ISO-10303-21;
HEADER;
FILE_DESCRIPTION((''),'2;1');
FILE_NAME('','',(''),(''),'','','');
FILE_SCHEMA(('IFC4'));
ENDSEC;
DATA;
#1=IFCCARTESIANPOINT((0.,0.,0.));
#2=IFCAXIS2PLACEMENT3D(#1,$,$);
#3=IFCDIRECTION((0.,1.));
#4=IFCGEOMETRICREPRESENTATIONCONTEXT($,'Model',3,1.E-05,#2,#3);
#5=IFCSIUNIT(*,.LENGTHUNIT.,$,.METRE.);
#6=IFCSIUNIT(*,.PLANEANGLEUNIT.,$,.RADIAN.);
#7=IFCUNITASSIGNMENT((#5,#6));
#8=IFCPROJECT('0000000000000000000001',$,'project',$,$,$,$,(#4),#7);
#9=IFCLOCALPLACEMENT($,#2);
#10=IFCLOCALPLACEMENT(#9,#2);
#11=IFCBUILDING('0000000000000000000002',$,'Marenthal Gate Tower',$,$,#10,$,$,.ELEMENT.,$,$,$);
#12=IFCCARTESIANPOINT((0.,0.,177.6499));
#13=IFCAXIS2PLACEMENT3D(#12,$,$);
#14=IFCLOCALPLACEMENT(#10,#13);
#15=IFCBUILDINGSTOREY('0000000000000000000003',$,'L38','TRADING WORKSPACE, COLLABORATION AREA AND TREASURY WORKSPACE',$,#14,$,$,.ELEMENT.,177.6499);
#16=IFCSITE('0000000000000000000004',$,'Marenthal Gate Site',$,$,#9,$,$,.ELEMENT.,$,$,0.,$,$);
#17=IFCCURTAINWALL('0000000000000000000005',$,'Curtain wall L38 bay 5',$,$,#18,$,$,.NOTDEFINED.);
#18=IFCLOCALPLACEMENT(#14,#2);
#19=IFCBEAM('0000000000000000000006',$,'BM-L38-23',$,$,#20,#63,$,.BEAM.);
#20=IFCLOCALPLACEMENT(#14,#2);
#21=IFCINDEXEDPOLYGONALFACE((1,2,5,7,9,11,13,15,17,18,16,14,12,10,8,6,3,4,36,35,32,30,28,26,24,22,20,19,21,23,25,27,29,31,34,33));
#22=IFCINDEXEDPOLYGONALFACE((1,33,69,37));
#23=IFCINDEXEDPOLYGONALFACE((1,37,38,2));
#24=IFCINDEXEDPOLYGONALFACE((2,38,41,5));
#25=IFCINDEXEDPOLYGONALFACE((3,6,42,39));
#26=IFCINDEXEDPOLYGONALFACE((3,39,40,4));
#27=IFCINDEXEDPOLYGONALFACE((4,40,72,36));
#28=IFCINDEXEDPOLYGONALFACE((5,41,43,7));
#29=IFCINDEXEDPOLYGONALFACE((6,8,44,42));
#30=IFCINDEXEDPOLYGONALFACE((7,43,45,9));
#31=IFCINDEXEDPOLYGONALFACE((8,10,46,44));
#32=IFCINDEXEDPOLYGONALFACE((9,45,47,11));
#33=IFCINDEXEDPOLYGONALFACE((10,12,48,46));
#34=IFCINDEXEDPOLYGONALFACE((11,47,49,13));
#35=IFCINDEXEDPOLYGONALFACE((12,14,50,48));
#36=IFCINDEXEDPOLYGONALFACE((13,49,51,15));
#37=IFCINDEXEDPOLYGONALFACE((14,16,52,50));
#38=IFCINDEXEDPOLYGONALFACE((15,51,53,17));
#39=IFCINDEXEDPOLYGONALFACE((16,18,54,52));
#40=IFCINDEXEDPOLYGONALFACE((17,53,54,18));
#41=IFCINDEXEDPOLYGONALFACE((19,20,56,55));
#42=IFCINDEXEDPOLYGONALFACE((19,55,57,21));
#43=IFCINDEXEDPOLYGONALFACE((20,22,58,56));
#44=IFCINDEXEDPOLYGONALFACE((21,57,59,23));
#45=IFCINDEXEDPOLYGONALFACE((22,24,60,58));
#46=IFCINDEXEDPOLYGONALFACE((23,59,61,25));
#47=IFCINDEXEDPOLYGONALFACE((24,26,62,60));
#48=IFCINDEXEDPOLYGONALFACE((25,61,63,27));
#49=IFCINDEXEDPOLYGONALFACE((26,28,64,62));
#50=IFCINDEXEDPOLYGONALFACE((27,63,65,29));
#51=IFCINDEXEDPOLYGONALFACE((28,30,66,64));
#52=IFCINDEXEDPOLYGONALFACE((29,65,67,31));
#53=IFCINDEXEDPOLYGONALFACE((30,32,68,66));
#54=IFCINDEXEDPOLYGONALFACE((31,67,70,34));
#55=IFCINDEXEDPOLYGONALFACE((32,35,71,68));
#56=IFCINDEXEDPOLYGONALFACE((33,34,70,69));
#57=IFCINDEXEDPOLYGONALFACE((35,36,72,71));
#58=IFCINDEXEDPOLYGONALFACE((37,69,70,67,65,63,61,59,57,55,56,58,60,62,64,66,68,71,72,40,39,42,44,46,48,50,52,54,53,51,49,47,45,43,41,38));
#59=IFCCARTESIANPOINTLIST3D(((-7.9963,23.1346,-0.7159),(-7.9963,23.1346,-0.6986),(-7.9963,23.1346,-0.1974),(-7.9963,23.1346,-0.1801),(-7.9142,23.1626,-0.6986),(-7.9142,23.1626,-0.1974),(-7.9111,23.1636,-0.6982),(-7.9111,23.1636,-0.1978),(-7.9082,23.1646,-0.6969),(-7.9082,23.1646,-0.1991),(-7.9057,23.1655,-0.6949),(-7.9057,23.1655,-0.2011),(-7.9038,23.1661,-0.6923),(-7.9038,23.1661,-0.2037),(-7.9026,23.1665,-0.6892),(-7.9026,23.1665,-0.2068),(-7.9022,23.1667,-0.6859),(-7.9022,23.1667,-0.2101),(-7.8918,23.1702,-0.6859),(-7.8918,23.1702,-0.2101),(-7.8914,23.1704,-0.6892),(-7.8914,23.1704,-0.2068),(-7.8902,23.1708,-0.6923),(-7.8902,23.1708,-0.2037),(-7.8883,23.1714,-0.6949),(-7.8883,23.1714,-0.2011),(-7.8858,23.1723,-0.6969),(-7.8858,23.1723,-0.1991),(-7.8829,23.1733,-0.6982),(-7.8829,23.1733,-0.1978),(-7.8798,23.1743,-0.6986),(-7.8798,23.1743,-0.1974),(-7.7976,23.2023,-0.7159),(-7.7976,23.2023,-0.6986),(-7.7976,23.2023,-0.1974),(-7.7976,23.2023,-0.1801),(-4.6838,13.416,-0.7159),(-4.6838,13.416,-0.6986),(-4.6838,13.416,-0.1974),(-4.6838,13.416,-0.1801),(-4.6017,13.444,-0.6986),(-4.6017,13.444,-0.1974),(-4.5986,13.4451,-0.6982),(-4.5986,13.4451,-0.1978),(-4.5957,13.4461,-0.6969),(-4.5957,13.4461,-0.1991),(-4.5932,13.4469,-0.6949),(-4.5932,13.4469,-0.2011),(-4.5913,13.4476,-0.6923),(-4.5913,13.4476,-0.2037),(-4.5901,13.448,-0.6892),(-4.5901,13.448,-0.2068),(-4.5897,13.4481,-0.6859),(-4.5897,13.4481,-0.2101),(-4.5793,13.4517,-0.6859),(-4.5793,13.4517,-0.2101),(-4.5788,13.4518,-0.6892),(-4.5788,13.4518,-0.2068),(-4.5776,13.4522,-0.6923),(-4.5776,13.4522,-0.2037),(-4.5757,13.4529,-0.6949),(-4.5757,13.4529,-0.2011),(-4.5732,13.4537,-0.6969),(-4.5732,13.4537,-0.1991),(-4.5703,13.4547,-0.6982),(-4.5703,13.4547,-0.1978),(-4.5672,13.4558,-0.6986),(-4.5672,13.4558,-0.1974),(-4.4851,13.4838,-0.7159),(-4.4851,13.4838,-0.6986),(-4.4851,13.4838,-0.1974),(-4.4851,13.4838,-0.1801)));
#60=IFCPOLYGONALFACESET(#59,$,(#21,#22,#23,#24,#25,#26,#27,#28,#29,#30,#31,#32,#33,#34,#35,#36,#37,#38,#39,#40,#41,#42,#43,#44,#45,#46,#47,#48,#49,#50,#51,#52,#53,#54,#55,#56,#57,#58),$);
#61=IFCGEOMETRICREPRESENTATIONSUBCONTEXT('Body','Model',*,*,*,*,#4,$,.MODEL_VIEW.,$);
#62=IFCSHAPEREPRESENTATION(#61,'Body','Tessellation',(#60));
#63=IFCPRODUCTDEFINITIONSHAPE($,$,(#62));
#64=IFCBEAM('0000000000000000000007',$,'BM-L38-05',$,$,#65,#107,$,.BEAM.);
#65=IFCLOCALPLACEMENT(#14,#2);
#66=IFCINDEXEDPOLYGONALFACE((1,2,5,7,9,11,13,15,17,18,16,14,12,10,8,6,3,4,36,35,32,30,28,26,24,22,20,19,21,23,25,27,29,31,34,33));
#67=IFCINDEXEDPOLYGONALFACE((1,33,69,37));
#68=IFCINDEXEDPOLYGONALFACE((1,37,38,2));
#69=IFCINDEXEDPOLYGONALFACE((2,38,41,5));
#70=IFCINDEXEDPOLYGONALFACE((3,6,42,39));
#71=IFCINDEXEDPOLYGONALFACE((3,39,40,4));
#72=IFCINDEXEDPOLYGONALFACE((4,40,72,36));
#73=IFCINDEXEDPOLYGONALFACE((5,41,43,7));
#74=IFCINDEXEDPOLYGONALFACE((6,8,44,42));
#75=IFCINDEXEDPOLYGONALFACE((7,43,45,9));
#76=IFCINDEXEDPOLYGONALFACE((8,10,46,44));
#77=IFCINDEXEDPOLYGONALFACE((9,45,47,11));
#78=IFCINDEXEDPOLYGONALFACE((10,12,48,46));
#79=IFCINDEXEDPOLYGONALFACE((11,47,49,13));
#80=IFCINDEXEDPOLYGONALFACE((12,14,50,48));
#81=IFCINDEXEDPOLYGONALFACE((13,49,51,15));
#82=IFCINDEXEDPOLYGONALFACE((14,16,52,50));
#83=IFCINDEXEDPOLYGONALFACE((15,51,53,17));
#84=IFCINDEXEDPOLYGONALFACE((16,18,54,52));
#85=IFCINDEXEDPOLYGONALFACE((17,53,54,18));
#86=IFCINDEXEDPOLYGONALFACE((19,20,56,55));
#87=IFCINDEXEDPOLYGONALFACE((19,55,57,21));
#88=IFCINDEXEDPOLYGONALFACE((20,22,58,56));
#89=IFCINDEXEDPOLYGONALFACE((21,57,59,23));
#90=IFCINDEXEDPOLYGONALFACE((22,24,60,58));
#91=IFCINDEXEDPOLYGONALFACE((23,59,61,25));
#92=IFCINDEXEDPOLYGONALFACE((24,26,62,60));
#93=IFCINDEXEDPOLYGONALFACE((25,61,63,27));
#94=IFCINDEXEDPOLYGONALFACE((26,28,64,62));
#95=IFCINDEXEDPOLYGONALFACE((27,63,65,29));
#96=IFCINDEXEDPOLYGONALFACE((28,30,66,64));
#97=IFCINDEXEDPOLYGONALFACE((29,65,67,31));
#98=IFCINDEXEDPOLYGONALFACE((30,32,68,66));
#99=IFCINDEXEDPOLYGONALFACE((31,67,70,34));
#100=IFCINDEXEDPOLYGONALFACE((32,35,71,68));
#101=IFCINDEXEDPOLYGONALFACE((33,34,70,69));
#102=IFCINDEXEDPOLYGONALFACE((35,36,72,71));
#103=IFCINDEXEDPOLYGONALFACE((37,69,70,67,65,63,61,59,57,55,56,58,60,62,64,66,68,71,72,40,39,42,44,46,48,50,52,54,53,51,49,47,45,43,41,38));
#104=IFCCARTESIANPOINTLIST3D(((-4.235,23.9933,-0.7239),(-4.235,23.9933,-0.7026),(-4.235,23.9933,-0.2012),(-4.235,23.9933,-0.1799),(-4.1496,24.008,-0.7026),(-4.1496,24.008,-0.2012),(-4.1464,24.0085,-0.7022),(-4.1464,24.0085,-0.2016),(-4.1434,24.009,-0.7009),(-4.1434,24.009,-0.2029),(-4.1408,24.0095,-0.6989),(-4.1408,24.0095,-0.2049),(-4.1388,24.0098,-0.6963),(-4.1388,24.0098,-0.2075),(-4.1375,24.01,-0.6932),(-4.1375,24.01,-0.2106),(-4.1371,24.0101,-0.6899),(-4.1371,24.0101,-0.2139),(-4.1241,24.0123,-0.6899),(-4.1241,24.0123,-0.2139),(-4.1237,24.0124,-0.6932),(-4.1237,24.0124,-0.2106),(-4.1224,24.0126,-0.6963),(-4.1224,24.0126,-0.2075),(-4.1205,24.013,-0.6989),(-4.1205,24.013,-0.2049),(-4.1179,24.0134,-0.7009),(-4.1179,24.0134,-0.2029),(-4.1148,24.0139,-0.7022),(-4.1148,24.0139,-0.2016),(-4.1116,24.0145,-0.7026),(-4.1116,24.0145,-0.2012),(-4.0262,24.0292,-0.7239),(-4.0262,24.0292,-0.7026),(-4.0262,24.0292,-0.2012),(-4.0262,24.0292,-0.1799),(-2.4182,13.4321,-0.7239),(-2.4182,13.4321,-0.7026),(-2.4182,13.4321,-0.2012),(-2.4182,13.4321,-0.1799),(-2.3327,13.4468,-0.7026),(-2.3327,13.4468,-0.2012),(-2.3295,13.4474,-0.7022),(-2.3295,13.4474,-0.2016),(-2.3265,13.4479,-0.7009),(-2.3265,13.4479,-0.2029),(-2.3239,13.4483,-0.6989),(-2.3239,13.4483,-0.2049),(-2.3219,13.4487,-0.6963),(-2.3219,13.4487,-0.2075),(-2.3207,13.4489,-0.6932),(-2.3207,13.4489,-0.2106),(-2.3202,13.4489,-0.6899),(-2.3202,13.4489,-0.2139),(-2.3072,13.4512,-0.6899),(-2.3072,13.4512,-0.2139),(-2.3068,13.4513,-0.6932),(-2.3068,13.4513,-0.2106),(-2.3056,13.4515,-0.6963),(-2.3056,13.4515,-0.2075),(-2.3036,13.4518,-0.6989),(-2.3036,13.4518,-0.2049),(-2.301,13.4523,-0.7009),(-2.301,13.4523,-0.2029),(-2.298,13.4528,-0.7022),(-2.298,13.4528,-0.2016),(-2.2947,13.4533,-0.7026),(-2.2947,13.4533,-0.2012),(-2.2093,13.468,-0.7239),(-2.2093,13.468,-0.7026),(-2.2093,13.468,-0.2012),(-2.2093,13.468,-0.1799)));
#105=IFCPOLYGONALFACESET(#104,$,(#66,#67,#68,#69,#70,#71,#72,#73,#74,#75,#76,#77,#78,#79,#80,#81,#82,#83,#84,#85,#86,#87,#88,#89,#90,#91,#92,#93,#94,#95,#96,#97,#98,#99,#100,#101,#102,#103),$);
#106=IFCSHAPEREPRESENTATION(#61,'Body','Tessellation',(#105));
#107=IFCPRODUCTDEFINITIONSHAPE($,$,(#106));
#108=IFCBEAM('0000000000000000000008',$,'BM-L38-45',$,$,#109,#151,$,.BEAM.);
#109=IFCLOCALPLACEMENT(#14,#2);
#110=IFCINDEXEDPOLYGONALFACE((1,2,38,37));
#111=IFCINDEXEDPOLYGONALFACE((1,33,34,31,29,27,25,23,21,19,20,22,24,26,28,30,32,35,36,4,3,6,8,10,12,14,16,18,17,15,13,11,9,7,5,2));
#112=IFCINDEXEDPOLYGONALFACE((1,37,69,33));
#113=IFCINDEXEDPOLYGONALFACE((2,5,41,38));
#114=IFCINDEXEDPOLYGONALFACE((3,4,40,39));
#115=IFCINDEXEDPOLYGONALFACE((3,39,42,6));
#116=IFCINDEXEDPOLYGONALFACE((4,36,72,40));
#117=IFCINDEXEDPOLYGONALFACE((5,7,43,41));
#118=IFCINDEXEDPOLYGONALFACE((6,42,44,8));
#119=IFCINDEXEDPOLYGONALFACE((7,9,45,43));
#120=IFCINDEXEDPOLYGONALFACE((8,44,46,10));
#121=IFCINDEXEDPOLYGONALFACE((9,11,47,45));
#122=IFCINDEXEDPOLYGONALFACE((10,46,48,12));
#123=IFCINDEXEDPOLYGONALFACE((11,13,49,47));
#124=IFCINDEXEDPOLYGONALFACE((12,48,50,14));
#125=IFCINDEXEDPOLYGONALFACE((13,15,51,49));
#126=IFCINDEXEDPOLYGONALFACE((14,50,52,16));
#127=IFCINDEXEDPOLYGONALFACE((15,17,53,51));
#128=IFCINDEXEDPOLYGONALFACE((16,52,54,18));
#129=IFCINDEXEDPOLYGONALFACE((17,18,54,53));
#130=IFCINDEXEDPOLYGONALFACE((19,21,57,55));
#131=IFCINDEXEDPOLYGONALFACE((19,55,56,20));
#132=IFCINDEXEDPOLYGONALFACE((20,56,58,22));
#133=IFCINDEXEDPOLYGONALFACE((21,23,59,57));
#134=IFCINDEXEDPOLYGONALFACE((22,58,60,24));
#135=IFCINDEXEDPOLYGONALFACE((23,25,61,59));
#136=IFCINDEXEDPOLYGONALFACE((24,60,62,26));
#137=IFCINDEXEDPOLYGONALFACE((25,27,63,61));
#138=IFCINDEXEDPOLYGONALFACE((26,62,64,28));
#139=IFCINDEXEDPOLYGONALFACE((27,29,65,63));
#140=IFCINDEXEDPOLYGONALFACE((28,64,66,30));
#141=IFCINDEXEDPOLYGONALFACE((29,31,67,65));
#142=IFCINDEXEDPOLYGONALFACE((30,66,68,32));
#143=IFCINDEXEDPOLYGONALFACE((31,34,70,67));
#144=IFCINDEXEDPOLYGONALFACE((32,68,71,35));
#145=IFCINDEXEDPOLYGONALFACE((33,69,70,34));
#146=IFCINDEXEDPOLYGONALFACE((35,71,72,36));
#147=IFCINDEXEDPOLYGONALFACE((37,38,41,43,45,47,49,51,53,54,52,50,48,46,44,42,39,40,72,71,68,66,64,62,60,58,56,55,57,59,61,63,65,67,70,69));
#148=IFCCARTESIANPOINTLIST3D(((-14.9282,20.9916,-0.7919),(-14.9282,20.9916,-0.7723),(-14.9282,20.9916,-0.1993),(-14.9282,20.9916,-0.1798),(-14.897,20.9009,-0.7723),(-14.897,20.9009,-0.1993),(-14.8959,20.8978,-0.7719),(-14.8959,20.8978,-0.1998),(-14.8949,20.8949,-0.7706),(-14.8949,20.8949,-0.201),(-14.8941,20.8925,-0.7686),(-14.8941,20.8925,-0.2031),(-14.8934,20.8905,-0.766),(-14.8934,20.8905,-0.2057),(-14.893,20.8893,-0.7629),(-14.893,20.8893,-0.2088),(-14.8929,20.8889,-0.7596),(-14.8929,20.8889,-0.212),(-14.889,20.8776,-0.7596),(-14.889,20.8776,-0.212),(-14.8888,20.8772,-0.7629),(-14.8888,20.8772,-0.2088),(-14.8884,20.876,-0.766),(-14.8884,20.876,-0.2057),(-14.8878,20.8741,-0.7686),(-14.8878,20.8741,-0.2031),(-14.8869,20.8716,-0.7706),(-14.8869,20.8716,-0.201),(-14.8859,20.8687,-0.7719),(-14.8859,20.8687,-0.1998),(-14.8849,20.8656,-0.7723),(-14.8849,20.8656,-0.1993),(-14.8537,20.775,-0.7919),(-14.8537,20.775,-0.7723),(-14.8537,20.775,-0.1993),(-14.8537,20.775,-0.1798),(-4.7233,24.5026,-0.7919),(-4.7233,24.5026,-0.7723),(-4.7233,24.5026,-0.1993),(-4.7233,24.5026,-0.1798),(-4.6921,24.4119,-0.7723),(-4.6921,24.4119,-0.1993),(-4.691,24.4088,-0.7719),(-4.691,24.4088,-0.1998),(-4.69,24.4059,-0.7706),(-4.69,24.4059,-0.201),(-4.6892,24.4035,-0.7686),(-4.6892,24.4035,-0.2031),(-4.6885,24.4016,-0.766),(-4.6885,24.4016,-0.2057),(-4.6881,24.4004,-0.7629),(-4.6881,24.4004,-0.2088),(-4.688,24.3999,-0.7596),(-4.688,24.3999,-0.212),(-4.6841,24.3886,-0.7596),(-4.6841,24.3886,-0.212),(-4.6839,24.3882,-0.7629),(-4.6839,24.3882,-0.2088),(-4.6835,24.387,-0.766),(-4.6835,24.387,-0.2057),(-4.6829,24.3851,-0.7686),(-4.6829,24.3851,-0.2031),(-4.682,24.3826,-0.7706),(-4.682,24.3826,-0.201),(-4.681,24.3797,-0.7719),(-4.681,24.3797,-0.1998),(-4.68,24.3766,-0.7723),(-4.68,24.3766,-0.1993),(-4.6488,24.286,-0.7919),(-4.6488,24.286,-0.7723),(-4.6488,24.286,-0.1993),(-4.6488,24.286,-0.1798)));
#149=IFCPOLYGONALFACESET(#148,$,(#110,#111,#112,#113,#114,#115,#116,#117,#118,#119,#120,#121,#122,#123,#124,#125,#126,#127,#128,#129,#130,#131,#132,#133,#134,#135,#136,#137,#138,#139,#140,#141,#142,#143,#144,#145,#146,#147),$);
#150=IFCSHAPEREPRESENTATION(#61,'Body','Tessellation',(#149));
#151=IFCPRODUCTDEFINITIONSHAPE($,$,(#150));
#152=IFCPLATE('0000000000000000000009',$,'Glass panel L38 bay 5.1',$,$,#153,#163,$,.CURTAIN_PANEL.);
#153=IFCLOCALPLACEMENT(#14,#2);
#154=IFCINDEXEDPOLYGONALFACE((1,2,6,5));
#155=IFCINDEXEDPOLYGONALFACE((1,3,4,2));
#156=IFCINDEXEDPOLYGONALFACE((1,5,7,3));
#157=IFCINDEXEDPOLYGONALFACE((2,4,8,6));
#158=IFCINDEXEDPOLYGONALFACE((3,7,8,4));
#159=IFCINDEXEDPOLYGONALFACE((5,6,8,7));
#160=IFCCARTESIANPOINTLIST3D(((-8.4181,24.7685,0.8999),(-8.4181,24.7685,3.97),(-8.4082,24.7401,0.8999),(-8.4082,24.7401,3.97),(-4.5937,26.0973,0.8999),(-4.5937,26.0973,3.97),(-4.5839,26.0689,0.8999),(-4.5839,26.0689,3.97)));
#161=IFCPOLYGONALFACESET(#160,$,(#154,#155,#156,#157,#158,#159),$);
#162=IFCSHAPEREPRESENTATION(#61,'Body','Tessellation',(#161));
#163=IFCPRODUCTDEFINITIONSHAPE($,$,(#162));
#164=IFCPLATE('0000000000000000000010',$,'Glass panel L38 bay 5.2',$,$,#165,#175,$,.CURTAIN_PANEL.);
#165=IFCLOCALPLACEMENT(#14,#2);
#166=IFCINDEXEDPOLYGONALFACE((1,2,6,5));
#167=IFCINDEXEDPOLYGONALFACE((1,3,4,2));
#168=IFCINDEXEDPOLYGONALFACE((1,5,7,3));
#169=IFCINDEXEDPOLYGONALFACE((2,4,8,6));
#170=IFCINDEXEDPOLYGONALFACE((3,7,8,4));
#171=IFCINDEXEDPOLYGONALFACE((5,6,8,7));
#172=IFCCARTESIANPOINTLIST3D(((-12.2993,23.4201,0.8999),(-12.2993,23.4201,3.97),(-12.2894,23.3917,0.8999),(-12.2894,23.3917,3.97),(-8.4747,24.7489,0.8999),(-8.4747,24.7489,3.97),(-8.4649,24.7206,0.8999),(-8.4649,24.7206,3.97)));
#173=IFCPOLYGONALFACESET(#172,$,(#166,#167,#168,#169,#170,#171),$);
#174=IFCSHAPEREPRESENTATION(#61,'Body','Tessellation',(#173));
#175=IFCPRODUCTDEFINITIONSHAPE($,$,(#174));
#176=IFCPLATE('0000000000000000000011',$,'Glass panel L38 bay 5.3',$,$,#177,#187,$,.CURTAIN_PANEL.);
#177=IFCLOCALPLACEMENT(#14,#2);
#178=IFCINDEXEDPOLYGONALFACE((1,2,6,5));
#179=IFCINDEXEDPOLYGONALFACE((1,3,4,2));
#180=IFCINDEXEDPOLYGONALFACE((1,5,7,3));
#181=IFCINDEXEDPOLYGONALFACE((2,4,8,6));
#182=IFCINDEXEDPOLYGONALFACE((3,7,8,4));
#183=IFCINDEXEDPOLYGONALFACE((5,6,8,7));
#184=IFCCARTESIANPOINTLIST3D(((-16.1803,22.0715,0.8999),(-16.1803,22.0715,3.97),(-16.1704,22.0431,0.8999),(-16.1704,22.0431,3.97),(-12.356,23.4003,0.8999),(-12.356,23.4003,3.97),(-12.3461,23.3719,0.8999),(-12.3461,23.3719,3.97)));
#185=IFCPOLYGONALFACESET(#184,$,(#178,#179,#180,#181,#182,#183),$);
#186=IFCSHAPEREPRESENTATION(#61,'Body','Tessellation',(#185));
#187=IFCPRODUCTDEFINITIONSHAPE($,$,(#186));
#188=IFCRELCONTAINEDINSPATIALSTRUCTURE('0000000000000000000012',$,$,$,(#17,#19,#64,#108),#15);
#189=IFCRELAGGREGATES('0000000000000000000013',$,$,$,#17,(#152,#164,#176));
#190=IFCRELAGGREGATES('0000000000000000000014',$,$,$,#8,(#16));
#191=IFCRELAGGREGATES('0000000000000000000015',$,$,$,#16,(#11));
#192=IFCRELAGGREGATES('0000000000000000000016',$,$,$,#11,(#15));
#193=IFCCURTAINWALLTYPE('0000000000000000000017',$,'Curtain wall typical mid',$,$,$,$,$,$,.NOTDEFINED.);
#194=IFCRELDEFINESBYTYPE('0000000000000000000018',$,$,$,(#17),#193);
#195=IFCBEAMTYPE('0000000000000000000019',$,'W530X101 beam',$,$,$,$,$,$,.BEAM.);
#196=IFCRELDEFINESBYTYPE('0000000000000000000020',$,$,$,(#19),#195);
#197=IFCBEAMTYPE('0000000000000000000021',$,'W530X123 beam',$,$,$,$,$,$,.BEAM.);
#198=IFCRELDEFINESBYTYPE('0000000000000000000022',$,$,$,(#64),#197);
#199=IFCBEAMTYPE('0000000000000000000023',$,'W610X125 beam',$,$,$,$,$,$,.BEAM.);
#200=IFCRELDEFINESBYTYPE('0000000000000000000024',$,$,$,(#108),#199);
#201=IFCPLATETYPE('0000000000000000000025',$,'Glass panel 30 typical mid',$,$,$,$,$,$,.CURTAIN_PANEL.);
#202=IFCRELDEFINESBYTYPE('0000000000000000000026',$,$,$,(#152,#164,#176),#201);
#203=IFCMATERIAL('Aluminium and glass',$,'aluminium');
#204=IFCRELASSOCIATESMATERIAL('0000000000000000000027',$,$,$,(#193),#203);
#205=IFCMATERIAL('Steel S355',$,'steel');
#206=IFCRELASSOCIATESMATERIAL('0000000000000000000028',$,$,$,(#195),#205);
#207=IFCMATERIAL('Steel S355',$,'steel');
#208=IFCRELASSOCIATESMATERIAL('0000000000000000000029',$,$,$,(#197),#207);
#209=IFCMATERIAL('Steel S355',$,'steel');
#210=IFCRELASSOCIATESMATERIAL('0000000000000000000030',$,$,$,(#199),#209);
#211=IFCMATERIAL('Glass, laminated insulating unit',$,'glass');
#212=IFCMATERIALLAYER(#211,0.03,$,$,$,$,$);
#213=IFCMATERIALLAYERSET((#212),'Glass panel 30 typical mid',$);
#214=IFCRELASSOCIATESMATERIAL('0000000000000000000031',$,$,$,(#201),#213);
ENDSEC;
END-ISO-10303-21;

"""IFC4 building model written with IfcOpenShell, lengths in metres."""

from ifc_helpers import new_model, si_unit, direction, frame, origin, origin_2d, place, context, subcontext, project, spatial, rectangle, i_section, extrude, material, layer, layer_set, material_profile, profile_set, type_object, element, aggregate, save


model = new_model("IFC4")

# Units and contexts
model_context = context("Model", 3, precision=1e-05, world=origin(), true_north=direction((0.0, 1.0)))
body_context = subcontext(model_context, "Body", "Model", "MODEL_VIEW")
ifc_project = project(units=[si_unit("LENGTHUNIT", "METRE"), si_unit("PLANEANGLEUNIT", "RADIAN")], contexts=[model_context])

# Site, building, storey
site_placement = place(None, origin())
site = spatial("IfcSite", under=ifc_project, at=site_placement, Name="Marenthal Gate Site", CompositionType="ELEMENT", RefElevation=0.0)
building_placement = place(site_placement, origin())
building = spatial("IfcBuilding", under=site, at=building_placement, Name="Marenthal Gate Tower", CompositionType="ELEMENT")
storey_placement = place(building_placement, frame((0.0, 0.0, 177.6499)))
storey = spatial("IfcBuildingStorey", under=building, at=storey_placement, Name="L38", Description="TRADING WORKSPACE, COLLABORATION AREA AND TREASURY WORKSPACE", CompositionType="ELEMENT", Elevation=177.6499)

# Curtain wall
ifc_material_1 = material(Name="Aluminium and glass", Category="aluminium")
curtain_wall_type = type_object("IfcCurtainWallType", Name="Curtain wall typical mid", PredefinedType="NOTDEFINED", material=ifc_material_1)
curtain_wall_placement = place(storey_placement, origin())
curtain_wall = element("IfcCurtainWall", 1, at=curtain_wall_placement, inside=storey, type_object=curtain_wall_type, Name="Curtain wall L38 bay 5", PredefinedType="NOTDEFINED")

# Beams
ifc_material_2 = material(Name="Steel S355", Category="steel")
ifc_material_profile_1 = material_profile(ifc_material_2, i_section(OverallWidth=0.21, OverallDepth=0.5359, WebThickness=0.011, FlangeThickness=0.0173, FilletRadius=0.0127, at=origin_2d()), Name="W530X101")
ifc_profile_set_1 = profile_set([ifc_material_profile_1], Name="Steel S355")
beam_type_1 = type_object("IfcBeamType", Name="W530X101 beam", PredefinedType="BEAM", material=ifc_profile_set_1)
beam_1_placement = place(storey_placement, frame((-7.897, 23.1685, -0.448), z_axis=(0.322619, -0.946529, 0.0), x_axis=(0.946529, 0.322619, 0.0)))
element("IfcBeam", 2, at=beam_1_placement, inside=storey, type_object=beam_type_1, Name="BM-L38-23", PredefinedType="BEAM", context=body_context, shape_type="SweptSolid", body=[
    extrude(i_section(OverallWidth=0.21, OverallDepth=0.5359, WebThickness=0.011, FlangeThickness=0.0173, FilletRadius=0.0127, at=origin_2d()), origin(), (0.0, 0.0, 1.0), 10.2676),
])
ifc_material_3 = material(Name="Steel S355", Category="steel")
ifc_material_profile_2 = material_profile(ifc_material_3, i_section(OverallWidth=0.2119, OverallDepth=0.5439, WebThickness=0.0132, FlangeThickness=0.0212, FilletRadius=0.0127, at=origin_2d()), Name="W530X123")
ifc_profile_set_2 = profile_set([ifc_material_profile_2], Name="Steel S355")
beam_type_2 = type_object("IfcBeamType", Name="W530X123 beam", PredefinedType="BEAM", material=ifc_profile_set_2)
beam_2_placement = place(storey_placement, frame((-4.1306, 24.0112, -0.4519), z_axis=(0.169543, -0.985523, 0.0), x_axis=(0.985523, 0.169543, 0.0)))
element("IfcBeam", 3, at=beam_2_placement, inside=storey, type_object=beam_type_2, Name="BM-L38-05", PredefinedType="BEAM", context=body_context, shape_type="SweptSolid", body=[
    extrude(i_section(OverallWidth=0.2119, OverallDepth=0.5439, WebThickness=0.0132, FlangeThickness=0.0212, FilletRadius=0.0127, at=origin_2d()), origin(), (0.0, 0.0, 1.0), 10.7163),
])
ifc_material_4 = material(Name="Steel S355", Category="steel")
ifc_material_profile_3 = material_profile(ifc_material_4, i_section(OverallWidth=0.229, OverallDepth=0.6121, WebThickness=0.012, FlangeThickness=0.0195, FilletRadius=0.0127, at=origin_2d()), Name="W610X125")
ifc_profile_set_3 = profile_set([ifc_material_profile_3], Name="Steel S355")
beam_type_3 = type_object("IfcBeamType", Name="W610X125 beam", PredefinedType="BEAM", material=ifc_profile_set_3)
beam_3_placement = place(storey_placement, frame((-4.686, 24.3943, -0.4858), z_axis=(-0.945599, -0.325335, 0.0), x_axis=(0.325335, -0.945599, 0.0)))
element("IfcBeam", 4, at=beam_3_placement, inside=storey, type_object=beam_type_3, Name="BM-L38-45", PredefinedType="BEAM", context=body_context, shape_type="SweptSolid", body=[
    extrude(i_section(OverallWidth=0.229, OverallDepth=0.6121, WebThickness=0.012, FlangeThickness=0.0195, FilletRadius=0.0127, at=origin_2d()), origin(), (0.0, 0.0, 1.0), 10.792),
])

# Plates
ifc_material_5 = material(Name="Glass, laminated insulating unit", Category="glass")
ifc_layer_1 = layer(ifc_material_5, 0.03)
ifc_layer_set_1 = layer_set([ifc_layer_1], Name="Glass panel 30 typical mid")
plate_type = type_object("IfcPlateType", Name="Glass panel 30 typical mid", PredefinedType="CURTAIN_PANEL", material=ifc_layer_set_1)
plate_1_placement = place(storey_placement, frame((-6.501, 25.4187, 0.8999), z_axis=(0.0, 0.0, 1.0), x_axis=(-0.944604, -0.328211, 0.0)))
plate_1 = element("IfcPlate", 5, at=plate_1_placement, type_object=plate_type, Name="Glass panel L38 bay 5.1", PredefinedType="CURTAIN_PANEL", context=body_context, shape_type="SweptSolid", body=[
    extrude(rectangle(XDim=4.0486, YDim=0.03, at=origin_2d()), origin(), (0.0, 0.0, 1.0), 3.0701),
])
plate_2_placement = place(storey_placement, frame((-10.3821, 24.0703, 0.8999), z_axis=(0.0, 0.0, 1.0), x_axis=(-0.944604, -0.328211, 0.0)))
plate_2 = element("IfcPlate", 6, at=plate_2_placement, type_object=plate_type, Name="Glass panel L38 bay 5.2", PredefinedType="CURTAIN_PANEL", context=body_context, shape_type="SweptSolid", body=[
    extrude(rectangle(XDim=4.0488, YDim=0.03, at=origin_2d()), origin(), (0.0, 0.0, 1.0), 3.0701),
])
plate_3_placement = place(storey_placement, frame((-14.2632, 22.7217, 0.8999), z_axis=(0.0, 0.0, 1.0), x_axis=(-0.944604, -0.328211, 0.0)))
plate_3 = element("IfcPlate", 7, at=plate_3_placement, type_object=plate_type, Name="Glass panel L38 bay 5.3", PredefinedType="CURTAIN_PANEL", context=body_context, shape_type="SweptSolid", body=[
    extrude(rectangle(XDim=4.0486, YDim=0.03, at=origin_2d()), origin(), (0.0, 0.0, 1.0), 3.0701),
])
aggregate(curtain_wall, [plate_1, plate_2, plate_3])

save(model, "model.ifc")
